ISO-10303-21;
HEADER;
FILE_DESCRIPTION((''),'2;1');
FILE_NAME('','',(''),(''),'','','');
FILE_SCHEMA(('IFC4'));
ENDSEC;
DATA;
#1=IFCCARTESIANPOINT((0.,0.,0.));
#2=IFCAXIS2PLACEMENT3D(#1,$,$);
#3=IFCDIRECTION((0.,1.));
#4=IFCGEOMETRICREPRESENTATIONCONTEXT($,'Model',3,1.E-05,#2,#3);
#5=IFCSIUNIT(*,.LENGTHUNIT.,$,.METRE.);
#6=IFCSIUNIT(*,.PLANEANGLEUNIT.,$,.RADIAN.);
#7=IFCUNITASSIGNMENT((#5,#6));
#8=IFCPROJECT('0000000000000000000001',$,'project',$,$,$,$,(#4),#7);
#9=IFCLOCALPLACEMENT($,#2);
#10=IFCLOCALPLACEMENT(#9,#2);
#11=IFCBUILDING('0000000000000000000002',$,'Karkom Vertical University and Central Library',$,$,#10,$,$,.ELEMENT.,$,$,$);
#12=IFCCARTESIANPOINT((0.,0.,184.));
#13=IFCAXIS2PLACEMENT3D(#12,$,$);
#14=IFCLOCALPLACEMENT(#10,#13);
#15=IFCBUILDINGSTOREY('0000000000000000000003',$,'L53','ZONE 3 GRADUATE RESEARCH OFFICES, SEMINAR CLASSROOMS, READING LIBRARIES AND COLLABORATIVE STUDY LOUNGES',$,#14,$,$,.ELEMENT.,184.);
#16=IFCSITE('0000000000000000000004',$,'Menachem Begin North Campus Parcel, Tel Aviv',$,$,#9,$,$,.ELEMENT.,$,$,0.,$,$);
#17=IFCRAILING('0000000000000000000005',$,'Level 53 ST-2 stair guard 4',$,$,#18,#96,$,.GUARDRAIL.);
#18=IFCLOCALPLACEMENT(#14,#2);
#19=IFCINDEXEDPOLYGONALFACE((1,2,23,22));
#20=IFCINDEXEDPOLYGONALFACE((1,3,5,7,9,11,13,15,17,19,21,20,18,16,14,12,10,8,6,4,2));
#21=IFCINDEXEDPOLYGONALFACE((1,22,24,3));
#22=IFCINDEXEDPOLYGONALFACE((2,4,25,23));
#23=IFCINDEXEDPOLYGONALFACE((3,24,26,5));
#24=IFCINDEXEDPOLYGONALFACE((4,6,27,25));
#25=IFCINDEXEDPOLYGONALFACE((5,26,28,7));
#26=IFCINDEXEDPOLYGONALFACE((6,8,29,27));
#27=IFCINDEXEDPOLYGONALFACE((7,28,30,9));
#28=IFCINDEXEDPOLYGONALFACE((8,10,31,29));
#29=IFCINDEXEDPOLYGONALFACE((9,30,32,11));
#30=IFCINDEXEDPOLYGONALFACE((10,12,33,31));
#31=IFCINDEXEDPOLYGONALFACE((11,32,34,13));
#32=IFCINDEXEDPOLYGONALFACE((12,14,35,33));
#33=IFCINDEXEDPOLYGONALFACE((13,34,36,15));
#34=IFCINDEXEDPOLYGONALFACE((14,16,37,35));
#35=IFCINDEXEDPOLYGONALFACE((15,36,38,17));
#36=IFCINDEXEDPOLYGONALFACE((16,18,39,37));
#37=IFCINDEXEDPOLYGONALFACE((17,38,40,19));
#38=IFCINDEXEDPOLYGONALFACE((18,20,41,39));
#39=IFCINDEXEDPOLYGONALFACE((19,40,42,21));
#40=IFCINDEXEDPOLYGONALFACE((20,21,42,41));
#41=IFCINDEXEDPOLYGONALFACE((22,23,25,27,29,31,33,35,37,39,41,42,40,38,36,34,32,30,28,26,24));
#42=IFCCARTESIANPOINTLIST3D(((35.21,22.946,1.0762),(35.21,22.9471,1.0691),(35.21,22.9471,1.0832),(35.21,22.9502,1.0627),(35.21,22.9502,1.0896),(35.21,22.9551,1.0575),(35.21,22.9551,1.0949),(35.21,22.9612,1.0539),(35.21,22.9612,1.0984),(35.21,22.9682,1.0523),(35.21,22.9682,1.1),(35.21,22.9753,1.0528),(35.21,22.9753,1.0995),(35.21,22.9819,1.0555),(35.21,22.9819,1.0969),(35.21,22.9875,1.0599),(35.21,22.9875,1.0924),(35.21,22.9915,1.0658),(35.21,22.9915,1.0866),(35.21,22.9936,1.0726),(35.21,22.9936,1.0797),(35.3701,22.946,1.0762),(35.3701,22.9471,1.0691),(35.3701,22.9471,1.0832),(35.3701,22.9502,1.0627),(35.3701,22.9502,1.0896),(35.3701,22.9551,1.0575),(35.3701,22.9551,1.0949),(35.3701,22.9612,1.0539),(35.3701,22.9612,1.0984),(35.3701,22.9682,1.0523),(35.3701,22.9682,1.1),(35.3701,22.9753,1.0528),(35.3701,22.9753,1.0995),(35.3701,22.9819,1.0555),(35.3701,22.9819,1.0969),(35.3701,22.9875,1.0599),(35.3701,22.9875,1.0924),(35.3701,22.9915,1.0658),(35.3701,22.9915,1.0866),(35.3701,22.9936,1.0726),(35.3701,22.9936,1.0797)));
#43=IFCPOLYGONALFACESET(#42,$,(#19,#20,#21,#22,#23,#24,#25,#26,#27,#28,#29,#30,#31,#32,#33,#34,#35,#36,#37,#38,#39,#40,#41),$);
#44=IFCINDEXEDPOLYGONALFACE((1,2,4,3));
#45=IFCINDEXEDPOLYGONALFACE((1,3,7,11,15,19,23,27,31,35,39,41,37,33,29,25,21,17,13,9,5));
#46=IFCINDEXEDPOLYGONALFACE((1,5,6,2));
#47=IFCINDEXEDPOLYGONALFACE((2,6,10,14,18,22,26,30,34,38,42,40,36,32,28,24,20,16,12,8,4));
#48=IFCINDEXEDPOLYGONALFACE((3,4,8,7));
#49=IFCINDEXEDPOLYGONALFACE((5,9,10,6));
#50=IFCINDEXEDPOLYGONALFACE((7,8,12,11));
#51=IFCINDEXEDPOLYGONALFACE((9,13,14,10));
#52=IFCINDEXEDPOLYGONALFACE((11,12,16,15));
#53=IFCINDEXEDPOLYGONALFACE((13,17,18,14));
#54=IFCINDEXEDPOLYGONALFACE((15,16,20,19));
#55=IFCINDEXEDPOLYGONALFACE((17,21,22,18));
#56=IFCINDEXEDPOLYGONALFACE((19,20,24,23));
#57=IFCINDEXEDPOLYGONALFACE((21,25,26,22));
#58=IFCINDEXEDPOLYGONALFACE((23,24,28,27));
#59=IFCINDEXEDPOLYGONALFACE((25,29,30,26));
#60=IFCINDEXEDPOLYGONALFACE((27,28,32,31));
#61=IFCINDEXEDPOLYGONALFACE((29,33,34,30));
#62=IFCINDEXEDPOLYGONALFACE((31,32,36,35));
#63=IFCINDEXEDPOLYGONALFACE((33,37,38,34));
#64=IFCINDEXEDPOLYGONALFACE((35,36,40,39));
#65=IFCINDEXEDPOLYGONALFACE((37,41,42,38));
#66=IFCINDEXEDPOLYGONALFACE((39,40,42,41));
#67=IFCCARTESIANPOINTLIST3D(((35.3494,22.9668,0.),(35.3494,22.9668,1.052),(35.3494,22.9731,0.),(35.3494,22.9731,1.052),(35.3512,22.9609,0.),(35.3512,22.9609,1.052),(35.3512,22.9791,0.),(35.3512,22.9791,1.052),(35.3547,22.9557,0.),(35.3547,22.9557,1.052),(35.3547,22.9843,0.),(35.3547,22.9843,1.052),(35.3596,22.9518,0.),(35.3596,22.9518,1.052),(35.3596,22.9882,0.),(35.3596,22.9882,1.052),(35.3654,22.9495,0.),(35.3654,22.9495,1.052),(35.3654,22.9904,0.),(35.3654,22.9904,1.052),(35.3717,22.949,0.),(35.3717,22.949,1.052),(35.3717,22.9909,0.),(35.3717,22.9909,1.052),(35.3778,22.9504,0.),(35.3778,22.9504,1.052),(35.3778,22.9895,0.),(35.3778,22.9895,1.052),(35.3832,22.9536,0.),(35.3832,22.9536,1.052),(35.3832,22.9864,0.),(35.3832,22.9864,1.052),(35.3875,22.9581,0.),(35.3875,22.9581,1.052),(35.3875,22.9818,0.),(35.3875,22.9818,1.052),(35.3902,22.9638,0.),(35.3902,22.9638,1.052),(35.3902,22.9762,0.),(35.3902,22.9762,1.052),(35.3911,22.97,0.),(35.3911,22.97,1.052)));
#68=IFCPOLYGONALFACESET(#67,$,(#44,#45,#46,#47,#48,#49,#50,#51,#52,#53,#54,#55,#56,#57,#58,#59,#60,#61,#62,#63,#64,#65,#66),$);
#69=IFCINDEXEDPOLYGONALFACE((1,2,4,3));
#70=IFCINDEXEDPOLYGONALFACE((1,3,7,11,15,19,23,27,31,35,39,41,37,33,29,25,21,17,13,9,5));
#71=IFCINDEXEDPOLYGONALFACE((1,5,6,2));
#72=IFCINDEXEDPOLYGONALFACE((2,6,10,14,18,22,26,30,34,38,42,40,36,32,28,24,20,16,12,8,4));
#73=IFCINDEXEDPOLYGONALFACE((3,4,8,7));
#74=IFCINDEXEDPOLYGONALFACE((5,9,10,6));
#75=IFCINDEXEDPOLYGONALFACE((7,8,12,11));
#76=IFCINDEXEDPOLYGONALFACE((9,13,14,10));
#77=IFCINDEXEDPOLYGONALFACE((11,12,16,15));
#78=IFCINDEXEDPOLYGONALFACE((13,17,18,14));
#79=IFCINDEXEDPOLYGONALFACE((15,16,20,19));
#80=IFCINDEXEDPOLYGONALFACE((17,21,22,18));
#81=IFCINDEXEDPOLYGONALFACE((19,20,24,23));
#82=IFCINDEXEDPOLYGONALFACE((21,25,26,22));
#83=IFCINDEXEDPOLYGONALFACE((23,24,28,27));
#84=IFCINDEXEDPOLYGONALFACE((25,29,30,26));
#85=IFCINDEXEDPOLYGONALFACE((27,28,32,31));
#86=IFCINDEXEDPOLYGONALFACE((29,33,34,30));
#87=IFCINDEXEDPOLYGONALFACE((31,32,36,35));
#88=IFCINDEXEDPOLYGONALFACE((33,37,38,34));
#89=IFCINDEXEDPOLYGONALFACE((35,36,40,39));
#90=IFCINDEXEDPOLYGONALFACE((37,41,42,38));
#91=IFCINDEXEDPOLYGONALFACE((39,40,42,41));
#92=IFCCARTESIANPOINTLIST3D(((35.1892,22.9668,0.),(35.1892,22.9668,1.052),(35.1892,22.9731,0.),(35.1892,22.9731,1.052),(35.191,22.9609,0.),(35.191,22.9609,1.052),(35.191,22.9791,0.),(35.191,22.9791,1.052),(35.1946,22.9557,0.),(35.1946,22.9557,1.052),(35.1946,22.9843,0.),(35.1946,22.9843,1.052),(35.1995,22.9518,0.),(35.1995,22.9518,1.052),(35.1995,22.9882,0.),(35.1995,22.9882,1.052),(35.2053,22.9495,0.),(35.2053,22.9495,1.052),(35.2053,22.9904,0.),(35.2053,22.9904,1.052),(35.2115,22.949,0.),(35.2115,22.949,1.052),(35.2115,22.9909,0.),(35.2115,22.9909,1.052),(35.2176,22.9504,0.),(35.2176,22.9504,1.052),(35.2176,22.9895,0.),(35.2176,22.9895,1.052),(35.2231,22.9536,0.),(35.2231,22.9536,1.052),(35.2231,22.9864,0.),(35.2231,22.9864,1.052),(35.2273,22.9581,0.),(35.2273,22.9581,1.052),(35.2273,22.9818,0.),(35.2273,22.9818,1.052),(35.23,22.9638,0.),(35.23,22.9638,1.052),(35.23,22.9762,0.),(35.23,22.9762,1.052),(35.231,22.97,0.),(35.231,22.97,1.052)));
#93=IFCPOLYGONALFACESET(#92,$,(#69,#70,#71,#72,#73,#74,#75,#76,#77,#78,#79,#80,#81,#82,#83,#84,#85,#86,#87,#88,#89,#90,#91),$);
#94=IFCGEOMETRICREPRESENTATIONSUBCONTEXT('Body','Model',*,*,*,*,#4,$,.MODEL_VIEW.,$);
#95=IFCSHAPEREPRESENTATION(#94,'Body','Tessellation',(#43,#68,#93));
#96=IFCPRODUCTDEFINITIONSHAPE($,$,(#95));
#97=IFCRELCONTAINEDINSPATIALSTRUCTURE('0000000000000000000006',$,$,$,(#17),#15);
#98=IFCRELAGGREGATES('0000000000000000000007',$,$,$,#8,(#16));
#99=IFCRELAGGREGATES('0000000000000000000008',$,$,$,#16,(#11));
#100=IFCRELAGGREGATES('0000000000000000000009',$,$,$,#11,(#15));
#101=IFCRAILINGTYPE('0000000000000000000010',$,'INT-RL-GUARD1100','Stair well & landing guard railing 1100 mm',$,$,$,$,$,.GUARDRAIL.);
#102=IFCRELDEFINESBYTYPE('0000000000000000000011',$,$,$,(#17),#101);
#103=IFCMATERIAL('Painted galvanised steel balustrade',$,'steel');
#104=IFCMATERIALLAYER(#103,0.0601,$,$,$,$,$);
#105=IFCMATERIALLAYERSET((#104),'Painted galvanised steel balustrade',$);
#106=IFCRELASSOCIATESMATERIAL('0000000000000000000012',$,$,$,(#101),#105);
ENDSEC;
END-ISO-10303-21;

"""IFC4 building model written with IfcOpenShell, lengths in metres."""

from ifc_helpers import new_model, si_unit, direction, frame, origin, origin_2d, place, context, subcontext, project, spatial, circle, extrude, material, layer, layer_set, type_object, element, save


model = new_model("IFC4")

# Units and contexts
model_context = context("Model", 3, precision=1e-05, world=origin(), true_north=direction((0.0, 1.0)))
body_context = subcontext(model_context, "Body", "Model", "MODEL_VIEW")
ifc_project = project(units=[si_unit("LENGTHUNIT", "METRE"), si_unit("PLANEANGLEUNIT", "RADIAN")], contexts=[model_context])

# Site, building, storey
site_placement = place(None, origin())
site = spatial("IfcSite", under=ifc_project, at=site_placement, Name="Menachem Begin North Campus Parcel, Tel Aviv", CompositionType="ELEMENT", RefElevation=0.0)
building_placement = place(site_placement, origin())
building = spatial("IfcBuilding", under=site, at=building_placement, Name="Karkom Vertical University and Central Library", CompositionType="ELEMENT")
storey_placement = place(building_placement, frame((0.0, 0.0, 184.0)))
storey = spatial("IfcBuildingStorey", under=building, at=storey_placement, Name="L53", Description="ZONE 3 GRADUATE RESEARCH OFFICES, SEMINAR CLASSROOMS, READING LIBRARIES AND COLLABORATIVE STUDY LOUNGES", CompositionType="ELEMENT", Elevation=184.0)

# Railing
ifc_material_1 = material(Name="Painted galvanised steel balustrade", Category="steel")
ifc_layer_1 = layer(ifc_material_1, 0.0601)
ifc_layer_set_1 = layer_set([ifc_layer_1], Name="Painted galvanised steel balustrade")
railing_type_1 = type_object("IfcRailingType", Name="INT-RL-GUARD1100", Description="Stair well & landing guard railing 1100 mm", PredefinedType="GUARDRAIL", material=ifc_layer_set_1)
railing_1_placement = place(storey_placement, frame((35.3701, 22.97, 0.0)))
element("IfcRailing", 1, at=railing_1_placement, inside=storey, type_object=railing_type_1, Name="Level 53 ST-2 stair guard 4", PredefinedType="GUARDRAIL", context=body_context, shape_type="SweptSolid", body=[
    extrude(circle(Radius=0.0239, at=origin_2d()), frame((0.0, 0.0, 1.0762), z_axis=(-1.0, 0.0, 0.0), x_axis=(0.0, -1.0, 0.0)), (0.0, 0.0, 1.0), 0.1602),
    extrude(circle(Radius=0.021, at=origin_2d()), origin(), (0.0, 0.0, 1.0), 1.052),
    extrude(circle(Radius=0.021, at=origin_2d()), frame((-0.1602, 0.0, 0.0)), (0.0, 0.0, 1.0), 1.052),
])

save(model, "model.ifc")
